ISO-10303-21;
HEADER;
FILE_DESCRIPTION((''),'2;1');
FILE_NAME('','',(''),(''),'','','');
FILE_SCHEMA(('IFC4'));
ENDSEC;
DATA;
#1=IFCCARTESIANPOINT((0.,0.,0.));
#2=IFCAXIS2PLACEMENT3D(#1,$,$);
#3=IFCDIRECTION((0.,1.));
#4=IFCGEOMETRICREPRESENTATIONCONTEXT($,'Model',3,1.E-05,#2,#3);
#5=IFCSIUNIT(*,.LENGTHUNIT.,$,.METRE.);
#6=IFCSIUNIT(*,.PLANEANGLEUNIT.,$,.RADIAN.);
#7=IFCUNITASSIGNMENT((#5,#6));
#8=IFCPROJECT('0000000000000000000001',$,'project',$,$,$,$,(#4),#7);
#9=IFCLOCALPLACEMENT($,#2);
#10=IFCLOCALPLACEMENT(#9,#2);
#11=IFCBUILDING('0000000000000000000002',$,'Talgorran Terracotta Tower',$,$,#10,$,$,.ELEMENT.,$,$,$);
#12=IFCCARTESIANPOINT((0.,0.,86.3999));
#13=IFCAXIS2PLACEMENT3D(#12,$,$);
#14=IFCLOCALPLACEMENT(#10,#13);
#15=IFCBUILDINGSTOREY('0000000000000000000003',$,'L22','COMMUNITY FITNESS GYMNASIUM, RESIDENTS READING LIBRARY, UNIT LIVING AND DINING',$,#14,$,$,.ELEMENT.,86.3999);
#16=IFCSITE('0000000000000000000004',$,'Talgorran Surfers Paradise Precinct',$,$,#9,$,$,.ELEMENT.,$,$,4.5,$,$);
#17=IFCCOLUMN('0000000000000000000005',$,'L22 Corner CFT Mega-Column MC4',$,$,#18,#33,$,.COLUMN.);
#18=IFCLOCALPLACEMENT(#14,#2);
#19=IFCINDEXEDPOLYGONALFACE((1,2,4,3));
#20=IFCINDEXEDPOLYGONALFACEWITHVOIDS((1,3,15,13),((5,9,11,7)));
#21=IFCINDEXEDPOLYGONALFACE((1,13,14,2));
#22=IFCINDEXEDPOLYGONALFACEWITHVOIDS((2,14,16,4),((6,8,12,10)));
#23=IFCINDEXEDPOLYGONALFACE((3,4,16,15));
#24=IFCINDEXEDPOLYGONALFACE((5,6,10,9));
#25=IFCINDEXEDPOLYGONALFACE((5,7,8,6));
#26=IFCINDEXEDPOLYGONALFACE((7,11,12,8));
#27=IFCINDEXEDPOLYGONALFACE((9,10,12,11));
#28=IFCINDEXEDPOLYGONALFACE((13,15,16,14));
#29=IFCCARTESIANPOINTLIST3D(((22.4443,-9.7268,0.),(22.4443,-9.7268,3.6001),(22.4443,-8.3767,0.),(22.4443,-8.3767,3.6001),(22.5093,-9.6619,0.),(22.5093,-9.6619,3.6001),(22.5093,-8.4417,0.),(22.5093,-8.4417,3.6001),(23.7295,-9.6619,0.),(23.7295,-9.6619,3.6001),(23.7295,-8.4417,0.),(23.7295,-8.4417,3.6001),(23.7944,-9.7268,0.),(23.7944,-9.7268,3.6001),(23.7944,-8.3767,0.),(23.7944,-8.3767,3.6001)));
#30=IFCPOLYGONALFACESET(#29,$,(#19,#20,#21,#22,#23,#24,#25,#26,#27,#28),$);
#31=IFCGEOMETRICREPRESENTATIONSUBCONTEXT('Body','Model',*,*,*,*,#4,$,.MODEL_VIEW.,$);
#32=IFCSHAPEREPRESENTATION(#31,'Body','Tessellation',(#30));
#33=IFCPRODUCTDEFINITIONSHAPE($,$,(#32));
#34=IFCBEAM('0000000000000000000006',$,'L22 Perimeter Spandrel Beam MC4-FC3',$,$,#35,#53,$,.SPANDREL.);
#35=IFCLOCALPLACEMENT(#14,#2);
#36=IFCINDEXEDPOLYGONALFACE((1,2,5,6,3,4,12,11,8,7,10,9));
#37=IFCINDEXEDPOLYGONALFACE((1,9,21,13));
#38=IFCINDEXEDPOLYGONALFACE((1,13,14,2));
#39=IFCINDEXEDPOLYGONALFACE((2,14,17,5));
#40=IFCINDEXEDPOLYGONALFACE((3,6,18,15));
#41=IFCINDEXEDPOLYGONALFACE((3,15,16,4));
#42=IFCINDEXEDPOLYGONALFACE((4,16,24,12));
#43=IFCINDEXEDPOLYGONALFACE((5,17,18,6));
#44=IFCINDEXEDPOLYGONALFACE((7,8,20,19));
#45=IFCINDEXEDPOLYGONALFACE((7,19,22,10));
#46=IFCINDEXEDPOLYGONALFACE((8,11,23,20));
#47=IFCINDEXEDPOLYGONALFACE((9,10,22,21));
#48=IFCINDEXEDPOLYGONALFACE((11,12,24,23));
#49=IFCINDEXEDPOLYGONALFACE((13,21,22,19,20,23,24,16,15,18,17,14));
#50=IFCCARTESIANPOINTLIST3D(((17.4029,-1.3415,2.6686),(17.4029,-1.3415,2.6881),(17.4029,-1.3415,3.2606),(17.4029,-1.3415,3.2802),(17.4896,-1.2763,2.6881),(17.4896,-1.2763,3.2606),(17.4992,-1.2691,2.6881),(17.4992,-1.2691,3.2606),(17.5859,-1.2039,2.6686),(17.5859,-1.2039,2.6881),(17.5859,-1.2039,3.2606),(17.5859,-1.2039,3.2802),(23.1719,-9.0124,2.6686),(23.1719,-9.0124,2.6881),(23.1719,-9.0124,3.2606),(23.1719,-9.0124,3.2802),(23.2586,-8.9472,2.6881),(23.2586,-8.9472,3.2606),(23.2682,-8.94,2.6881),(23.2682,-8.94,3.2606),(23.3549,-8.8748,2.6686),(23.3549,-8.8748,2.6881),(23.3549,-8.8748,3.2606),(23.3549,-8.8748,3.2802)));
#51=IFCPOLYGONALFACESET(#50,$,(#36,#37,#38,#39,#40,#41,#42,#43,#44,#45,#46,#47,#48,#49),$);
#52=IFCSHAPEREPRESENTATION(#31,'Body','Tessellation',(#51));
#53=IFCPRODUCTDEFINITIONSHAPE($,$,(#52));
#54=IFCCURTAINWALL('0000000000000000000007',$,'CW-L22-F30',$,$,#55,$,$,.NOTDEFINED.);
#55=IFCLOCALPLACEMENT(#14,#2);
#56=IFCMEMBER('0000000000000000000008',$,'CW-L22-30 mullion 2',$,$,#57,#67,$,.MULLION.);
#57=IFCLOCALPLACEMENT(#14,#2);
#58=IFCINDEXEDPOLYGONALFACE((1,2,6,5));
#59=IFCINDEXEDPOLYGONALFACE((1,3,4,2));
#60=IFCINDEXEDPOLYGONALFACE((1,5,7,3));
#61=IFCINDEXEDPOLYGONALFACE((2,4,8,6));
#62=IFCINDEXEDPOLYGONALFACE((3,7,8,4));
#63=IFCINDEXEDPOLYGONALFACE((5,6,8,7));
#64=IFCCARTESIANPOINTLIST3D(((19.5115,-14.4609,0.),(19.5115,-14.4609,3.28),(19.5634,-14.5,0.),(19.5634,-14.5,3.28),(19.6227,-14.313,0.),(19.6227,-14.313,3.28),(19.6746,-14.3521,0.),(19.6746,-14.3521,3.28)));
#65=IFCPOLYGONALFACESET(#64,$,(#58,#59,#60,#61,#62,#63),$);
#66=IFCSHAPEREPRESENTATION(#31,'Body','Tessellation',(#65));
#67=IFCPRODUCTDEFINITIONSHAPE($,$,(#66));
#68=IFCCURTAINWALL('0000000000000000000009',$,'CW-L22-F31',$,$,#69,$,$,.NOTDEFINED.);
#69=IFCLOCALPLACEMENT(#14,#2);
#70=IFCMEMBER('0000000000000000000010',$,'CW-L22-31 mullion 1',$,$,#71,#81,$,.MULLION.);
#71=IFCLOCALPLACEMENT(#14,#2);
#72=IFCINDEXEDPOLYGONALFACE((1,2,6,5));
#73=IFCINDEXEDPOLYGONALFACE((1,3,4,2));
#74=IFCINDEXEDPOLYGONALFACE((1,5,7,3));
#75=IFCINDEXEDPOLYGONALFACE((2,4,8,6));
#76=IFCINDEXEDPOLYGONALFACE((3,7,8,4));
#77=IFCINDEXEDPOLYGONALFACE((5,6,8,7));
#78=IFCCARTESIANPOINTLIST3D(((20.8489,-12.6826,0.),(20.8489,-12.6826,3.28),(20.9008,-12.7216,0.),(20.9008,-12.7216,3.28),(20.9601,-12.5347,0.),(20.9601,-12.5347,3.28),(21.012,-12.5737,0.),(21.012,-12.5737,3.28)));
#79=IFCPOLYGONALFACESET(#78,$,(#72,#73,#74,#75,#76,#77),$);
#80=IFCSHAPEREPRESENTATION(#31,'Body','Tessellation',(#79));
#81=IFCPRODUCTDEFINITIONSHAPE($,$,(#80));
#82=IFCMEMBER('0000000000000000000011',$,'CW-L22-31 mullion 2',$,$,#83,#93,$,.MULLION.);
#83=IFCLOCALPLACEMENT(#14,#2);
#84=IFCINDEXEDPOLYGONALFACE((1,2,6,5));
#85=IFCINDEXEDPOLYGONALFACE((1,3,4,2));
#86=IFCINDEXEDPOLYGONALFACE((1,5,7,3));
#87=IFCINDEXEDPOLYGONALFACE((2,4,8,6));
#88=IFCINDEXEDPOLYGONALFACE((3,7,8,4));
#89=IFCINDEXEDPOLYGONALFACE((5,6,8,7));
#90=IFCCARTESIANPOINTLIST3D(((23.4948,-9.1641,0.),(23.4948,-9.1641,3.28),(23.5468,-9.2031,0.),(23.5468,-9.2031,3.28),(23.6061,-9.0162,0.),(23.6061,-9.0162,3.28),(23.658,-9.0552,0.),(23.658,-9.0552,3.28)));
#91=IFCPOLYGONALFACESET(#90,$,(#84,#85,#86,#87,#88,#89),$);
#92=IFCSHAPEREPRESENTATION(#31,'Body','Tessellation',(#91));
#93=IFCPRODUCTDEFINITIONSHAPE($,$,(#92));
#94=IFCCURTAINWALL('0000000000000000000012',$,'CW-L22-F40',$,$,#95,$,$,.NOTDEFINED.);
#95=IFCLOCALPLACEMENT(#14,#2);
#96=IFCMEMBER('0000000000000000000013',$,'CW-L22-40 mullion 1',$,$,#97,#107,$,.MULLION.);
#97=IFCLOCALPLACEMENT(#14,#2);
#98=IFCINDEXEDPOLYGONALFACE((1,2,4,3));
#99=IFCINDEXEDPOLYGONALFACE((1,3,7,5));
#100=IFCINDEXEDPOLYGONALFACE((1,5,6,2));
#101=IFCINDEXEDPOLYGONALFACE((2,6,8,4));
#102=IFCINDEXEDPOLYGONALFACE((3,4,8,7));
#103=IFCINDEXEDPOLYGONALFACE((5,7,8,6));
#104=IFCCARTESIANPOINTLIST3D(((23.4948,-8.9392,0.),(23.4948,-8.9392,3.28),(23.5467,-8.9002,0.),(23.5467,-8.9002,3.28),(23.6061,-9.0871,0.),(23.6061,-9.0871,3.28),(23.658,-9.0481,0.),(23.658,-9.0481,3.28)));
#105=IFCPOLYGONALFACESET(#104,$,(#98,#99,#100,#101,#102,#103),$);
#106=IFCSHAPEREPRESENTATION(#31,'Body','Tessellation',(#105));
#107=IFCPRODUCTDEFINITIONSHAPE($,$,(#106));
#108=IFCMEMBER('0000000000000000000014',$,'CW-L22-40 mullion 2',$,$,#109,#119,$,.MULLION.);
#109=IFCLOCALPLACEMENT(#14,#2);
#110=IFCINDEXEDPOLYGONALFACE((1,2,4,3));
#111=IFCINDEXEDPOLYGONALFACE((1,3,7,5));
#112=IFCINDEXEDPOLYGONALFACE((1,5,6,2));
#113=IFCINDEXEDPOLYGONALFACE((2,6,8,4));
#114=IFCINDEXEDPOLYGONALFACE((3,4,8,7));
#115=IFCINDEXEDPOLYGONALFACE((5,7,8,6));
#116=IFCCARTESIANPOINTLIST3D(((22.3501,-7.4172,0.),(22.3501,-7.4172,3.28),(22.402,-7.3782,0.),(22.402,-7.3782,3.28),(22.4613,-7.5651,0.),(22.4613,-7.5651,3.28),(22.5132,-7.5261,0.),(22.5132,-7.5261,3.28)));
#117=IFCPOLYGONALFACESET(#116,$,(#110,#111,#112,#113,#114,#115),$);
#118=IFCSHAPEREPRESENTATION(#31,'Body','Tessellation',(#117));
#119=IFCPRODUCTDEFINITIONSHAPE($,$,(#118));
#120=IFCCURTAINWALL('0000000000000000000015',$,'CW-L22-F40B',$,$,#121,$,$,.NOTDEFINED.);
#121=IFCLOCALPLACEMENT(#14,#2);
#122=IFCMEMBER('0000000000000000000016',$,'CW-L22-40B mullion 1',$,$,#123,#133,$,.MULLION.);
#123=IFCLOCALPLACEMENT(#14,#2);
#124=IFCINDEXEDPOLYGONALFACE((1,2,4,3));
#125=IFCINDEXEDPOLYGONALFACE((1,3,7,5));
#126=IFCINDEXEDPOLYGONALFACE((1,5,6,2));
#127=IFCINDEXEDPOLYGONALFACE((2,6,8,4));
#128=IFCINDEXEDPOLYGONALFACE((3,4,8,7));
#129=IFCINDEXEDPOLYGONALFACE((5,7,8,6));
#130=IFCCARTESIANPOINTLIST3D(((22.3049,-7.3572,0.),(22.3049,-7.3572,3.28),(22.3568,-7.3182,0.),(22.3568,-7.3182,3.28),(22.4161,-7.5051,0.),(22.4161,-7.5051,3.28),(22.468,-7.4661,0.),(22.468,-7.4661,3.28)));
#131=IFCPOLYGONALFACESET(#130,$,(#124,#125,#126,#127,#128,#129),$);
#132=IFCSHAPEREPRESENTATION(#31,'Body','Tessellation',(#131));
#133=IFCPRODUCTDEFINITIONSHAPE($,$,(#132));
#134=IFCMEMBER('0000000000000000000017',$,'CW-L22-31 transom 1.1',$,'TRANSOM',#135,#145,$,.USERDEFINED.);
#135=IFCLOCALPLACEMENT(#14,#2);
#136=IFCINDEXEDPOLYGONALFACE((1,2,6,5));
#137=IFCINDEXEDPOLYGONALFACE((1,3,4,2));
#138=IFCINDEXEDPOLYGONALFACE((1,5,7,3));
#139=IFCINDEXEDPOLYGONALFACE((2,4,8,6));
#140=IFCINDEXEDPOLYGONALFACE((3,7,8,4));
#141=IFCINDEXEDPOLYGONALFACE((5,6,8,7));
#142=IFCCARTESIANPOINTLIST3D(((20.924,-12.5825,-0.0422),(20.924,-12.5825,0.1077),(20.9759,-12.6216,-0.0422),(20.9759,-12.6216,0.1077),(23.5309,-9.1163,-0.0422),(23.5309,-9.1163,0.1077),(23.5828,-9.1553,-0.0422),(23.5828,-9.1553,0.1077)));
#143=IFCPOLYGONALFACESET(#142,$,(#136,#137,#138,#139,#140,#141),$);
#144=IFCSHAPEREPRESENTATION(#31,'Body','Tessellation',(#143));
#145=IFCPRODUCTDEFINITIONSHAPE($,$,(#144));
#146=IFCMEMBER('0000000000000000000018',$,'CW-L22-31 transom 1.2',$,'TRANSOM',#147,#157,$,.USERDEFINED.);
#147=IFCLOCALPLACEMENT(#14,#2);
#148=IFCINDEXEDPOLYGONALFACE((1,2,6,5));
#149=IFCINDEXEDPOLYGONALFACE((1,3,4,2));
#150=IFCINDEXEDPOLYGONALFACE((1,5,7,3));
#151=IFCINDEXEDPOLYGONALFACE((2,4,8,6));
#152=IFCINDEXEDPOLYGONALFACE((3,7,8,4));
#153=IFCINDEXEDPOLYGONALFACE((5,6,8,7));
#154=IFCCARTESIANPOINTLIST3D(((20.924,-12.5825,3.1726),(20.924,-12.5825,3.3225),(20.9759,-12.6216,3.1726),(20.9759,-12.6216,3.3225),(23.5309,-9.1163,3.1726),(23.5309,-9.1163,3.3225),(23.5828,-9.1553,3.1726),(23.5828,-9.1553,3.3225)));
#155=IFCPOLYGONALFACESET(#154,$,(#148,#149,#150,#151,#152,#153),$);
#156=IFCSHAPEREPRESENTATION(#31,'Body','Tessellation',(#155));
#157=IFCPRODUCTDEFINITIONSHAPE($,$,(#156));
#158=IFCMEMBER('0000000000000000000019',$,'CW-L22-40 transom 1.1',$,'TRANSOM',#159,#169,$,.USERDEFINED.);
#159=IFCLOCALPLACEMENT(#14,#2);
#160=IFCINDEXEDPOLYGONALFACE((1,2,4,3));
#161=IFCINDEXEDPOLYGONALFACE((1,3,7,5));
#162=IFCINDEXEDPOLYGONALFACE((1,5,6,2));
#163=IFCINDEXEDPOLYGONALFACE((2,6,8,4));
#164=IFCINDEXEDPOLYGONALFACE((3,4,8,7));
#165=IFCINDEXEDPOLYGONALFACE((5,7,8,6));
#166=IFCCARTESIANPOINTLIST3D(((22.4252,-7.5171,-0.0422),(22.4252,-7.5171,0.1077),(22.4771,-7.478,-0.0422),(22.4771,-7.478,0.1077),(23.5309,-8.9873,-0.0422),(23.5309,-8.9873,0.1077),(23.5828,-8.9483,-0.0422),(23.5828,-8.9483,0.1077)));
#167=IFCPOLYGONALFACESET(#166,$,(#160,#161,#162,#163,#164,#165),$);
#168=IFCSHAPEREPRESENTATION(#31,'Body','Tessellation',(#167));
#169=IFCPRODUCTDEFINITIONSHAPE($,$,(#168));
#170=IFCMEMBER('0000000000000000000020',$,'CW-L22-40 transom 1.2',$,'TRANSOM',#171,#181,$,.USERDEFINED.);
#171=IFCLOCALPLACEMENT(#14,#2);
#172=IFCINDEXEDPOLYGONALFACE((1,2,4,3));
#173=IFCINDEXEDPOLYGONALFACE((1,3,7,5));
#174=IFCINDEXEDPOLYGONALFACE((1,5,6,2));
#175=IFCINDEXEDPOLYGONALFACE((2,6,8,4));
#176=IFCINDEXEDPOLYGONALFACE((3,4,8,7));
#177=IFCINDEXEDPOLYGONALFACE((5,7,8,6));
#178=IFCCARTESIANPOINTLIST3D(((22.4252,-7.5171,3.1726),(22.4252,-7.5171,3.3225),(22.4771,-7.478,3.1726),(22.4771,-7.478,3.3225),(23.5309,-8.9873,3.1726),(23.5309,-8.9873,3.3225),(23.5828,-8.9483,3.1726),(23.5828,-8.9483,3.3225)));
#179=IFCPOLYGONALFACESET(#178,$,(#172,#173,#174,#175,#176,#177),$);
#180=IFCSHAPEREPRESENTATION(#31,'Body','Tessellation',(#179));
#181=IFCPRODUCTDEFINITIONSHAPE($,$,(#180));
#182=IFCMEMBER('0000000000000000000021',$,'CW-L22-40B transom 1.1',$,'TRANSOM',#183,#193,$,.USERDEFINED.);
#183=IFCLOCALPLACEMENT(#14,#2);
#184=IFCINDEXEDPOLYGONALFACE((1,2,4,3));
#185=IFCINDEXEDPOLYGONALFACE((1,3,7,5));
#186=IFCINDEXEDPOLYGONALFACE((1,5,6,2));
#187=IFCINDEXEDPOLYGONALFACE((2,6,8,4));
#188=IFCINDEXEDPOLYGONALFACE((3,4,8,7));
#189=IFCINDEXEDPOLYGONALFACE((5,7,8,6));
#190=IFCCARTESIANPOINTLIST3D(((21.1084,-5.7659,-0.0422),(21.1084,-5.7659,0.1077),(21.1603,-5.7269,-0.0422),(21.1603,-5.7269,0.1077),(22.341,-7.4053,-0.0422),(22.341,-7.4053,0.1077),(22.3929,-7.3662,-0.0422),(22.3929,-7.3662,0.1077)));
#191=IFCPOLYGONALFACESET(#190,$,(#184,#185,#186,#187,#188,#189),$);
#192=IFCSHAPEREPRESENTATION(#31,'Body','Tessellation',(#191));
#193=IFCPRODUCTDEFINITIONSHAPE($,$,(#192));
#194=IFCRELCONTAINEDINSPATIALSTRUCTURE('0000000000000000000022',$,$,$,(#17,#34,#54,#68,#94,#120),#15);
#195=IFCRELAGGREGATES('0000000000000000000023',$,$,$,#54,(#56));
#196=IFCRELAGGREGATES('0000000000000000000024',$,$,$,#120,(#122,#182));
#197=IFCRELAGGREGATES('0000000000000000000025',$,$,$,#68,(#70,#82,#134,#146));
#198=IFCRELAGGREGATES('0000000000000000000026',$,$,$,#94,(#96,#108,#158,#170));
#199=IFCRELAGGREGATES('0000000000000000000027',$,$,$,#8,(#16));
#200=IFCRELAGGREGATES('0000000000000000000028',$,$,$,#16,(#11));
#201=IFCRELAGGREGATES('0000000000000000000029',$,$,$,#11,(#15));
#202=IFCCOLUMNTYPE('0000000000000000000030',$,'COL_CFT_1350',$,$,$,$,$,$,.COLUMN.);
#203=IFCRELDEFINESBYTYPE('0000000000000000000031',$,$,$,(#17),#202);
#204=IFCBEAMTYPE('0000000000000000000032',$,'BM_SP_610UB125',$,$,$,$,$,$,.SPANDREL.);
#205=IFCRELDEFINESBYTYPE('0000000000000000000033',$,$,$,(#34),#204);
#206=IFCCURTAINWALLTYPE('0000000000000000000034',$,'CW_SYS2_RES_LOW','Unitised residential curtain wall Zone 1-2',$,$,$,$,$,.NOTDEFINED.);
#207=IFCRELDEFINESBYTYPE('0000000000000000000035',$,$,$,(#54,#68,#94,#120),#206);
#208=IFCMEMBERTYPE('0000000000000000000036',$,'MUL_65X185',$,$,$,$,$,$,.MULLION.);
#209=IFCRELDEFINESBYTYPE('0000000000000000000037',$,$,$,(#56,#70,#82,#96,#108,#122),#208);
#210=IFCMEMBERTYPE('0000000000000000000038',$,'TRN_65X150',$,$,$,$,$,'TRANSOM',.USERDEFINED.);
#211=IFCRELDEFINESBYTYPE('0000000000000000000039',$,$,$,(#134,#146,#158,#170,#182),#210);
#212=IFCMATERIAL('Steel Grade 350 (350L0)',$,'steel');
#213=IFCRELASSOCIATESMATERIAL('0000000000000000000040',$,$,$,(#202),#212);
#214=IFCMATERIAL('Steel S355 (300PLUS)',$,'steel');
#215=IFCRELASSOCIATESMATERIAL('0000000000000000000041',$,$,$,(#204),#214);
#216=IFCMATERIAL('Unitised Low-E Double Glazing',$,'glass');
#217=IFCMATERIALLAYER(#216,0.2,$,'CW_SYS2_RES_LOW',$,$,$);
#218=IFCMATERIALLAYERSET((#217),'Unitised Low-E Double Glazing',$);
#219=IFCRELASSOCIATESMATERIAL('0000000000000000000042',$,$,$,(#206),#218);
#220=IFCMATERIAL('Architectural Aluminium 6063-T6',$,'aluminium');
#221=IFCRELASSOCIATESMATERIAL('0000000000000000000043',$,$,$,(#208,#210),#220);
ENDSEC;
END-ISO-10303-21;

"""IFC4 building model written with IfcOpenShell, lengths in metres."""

from ifc_helpers import new_model, si_unit, direction, frame, origin, origin_2d, place, context, subcontext, project, spatial, rectangle, hollow_rectangle, i_section, extrude, material, layer, layer_set, material_profile, profile_set, type_object, element, aggregate, save


model = new_model("IFC4")

# Units and contexts
model_context = context("Model", 3, precision=1e-05, world=origin(), true_north=direction((0.0, 1.0)))
body_context = subcontext(model_context, "Body", "Model", "MODEL_VIEW")
ifc_project = project(units=[si_unit("LENGTHUNIT", "METRE"), si_unit("PLANEANGLEUNIT", "RADIAN")], contexts=[model_context])

# Site, building, storey
site_placement = place(None, origin())
site = spatial("IfcSite", under=ifc_project, at=site_placement, Name="Talgorran Surfers Paradise Precinct", CompositionType="ELEMENT", RefElevation=4.5)
building_placement = place(site_placement, origin())
building = spatial("IfcBuilding", under=site, at=building_placement, Name="Talgorran Terracotta Tower", CompositionType="ELEMENT")
storey_placement = place(building_placement, frame((0.0, 0.0, 86.3999)))
storey = spatial("IfcBuildingStorey", under=building, at=storey_placement, Name="L22", Description="COMMUNITY FITNESS GYMNASIUM, RESIDENTS READING LIBRARY, UNIT LIVING AND DINING", CompositionType="ELEMENT", Elevation=86.3999)

# Column
ifc_material_1 = material(Name="Steel Grade 350 (350L0)", Category="steel")
ifc_material_profile_1 = material_profile(ifc_material_1, hollow_rectangle(XDim=1.3501, YDim=1.3501, WallThickness=0.0649, at=origin_2d()), Name="CFT1350X1350X65")
ifc_profile_set_1 = profile_set([ifc_material_profile_1], Name="Steel Grade 350 (350L0)")
column_type = type_object("IfcColumnType", Name="COL_CFT_1350", PredefinedType="COLUMN", material=ifc_profile_set_1)
column_placement = place(storey_placement, frame((23.1194, -9.0518, 0.0), z_axis=(0.0, 0.0, 1.0), x_axis=(1.0, 0.0, 0.0)))
element("IfcColumn", 1, at=column_placement, inside=storey, type_object=column_type, Name="L22 Corner CFT Mega-Column MC4", PredefinedType="COLUMN", context=body_context, shape_type="SweptSolid", body=[
    extrude(hollow_rectangle(XDim=1.3501, YDim=1.3501, WallThickness=0.0649, at=origin_2d()), origin(), (0.0, 0.0, 1.0), 3.6001),
])

# Beam
ifc_material_2 = material(Name="Steel S355 (300PLUS)", Category="steel")
ifc_material_profile_2 = material_profile(ifc_material_2, i_section(OverallWidth=0.229, OverallDepth=0.6116, WebThickness=0.012, FlangeThickness=0.0195, at=origin_2d()), Name="610UB125")
ifc_profile_set_2 = profile_set([ifc_material_profile_2], Name="Steel S355 (300PLUS)")
beam_type = type_object("IfcBeamType", Name="BM_SP_610UB125", PredefinedType="SPANDREL", material=ifc_profile_set_2)
beam_placement = place(storey_placement, frame((23.2634, -8.9436, 2.9744), z_axis=(-0.601058, 0.799206, 0.0), x_axis=(-0.799206, -0.601058, 0.0)))
element("IfcBeam", 2, at=beam_placement, inside=storey, type_object=beam_type, Name="L22 Perimeter Spandrel Beam MC4-FC3", PredefinedType="SPANDREL", context=body_context, shape_type="SweptSolid", body=[
    extrude(i_section(OverallWidth=0.229, OverallDepth=0.6116, WebThickness=0.012, FlangeThickness=0.0195, at=origin_2d()), origin(), (0.0, 0.0, 1.0), 9.5981),
])

# Curtain wall, member
ifc_material_3 = material(Name="Unitised Low-E Double Glazing", Category="glass")
ifc_layer_1 = layer(ifc_material_3, 0.2, Name="CW_SYS2_RES_LOW")
ifc_layer_set_1 = layer_set([ifc_layer_1], Name="Unitised Low-E Double Glazing")
curtain_wall_type = type_object("IfcCurtainWallType", Name="CW_SYS2_RES_LOW", Description="Unitised residential curtain wall Zone 1-2", PredefinedType="NOTDEFINED", material=ifc_layer_set_1)
curtain_wall_1_placement = place(storey_placement, origin())
curtain_wall_1 = element("IfcCurtainWall", 3, at=curtain_wall_1_placement, inside=storey, type_object=curtain_wall_type, Name="CW-L22-F30", PredefinedType="NOTDEFINED")
ifc_material_4 = material(Name="Architectural Aluminium 6063-T6", Category="aluminium")
ifc_material_profile_3 = material_profile(ifc_material_4, rectangle(XDim=0.0649, YDim=0.1851, at=origin_2d()), Name="CWM65X185")
ifc_profile_set_3 = profile_set([ifc_material_profile_3], Name="Architectural Aluminium 6063-T6")
member_type_1 = type_object("IfcMemberType", Name="MUL_65X185", PredefinedType="MULLION", material=ifc_profile_set_3)
member_1_placement = place(storey_placement, frame((19.593, -14.4065, 0.0), z_axis=(0.0, 0.0, 1.0), x_axis=(-0.799204, 0.60106, 0.0)))
member_1 = element("IfcMember", 4, at=member_1_placement, type_object=member_type_1, Name="CW-L22-30 mullion 2", PredefinedType="MULLION", context=body_context, shape_type="SweptSolid", body=[
    extrude(rectangle(XDim=0.0649, YDim=0.1851, at=origin_2d()), origin(), (0.0, 0.0, 1.0), 3.28),
])
aggregate(curtain_wall_1, [member_1])

# Curtain walls, members
curtain_wall_2_placement = place(storey_placement, origin())
curtain_wall_2 = element("IfcCurtainWall", 5, at=curtain_wall_2_placement, inside=storey, type_object=curtain_wall_type, Name="CW-L22-F31", PredefinedType="NOTDEFINED")
member_2_placement = place(storey_placement, frame((20.9304, -12.6282, 0.0), z_axis=(0.0, 0.0, 1.0), x_axis=(-0.799204, 0.60106, 0.0)))
member_2 = element("IfcMember", 6, at=member_2_placement, type_object=member_type_1, Name="CW-L22-31 mullion 1", PredefinedType="MULLION", context=body_context, shape_type="SweptSolid", body=[
    extrude(rectangle(XDim=0.0649, YDim=0.1851, at=origin_2d()), origin(), (0.0, 0.0, 1.0), 3.28),
])
member_3_placement = place(storey_placement, frame((23.5764, -9.1096, 0.0), z_axis=(0.0, 0.0, 1.0), x_axis=(-0.799204, 0.60106, 0.0)))
member_3 = element("IfcMember", 7, at=member_3_placement, type_object=member_type_1, Name="CW-L22-31 mullion 2", PredefinedType="MULLION", context=body_context, shape_type="SweptSolid", body=[
    extrude(rectangle(XDim=0.0649, YDim=0.1851, at=origin_2d()), origin(), (0.0, 0.0, 1.0), 3.28),
])
curtain_wall_3_placement = place(storey_placement, origin())
curtain_wall_3 = element("IfcCurtainWall", 8, at=curtain_wall_3_placement, inside=storey, type_object=curtain_wall_type, Name="CW-L22-F40", PredefinedType="NOTDEFINED")
member_4_placement = place(storey_placement, frame((23.5764, -8.9937, 0.0), z_axis=(0.0, 0.0, 1.0), x_axis=(-0.799189, -0.60108, 0.0)))
member_4 = element("IfcMember", 9, at=member_4_placement, type_object=member_type_1, Name="CW-L22-40 mullion 1", PredefinedType="MULLION", context=body_context, shape_type="SweptSolid", body=[
    extrude(rectangle(XDim=0.0649, YDim=0.1851, at=origin_2d()), origin(), (0.0, 0.0, 1.0), 3.28),
])
member_5_placement = place(storey_placement, frame((22.4316, -7.4717, 0.0), z_axis=(0.0, 0.0, 1.0), x_axis=(-0.799189, -0.60108, 0.0)))
member_5 = element("IfcMember", 10, at=member_5_placement, type_object=member_type_1, Name="CW-L22-40 mullion 2", PredefinedType="MULLION", context=body_context, shape_type="SweptSolid", body=[
    extrude(rectangle(XDim=0.0649, YDim=0.1851, at=origin_2d()), origin(), (0.0, 0.0, 1.0), 3.28),
])

# Curtain wall, member
curtain_wall_4_placement = place(storey_placement, origin())
curtain_wall_4 = element("IfcCurtainWall", 11, at=curtain_wall_4_placement, inside=storey, type_object=curtain_wall_type, Name="CW-L22-F40B", PredefinedType="NOTDEFINED")
member_6_placement = place(storey_placement, frame((22.3865, -7.4116, 0.0), z_axis=(0.0, 0.0, 1.0), x_axis=(-0.799213, -0.601049, 0.0)))
member_6 = element("IfcMember", 12, at=member_6_placement, type_object=member_type_1, Name="CW-L22-40B mullion 1", PredefinedType="MULLION", context=body_context, shape_type="SweptSolid", body=[
    extrude(rectangle(XDim=0.0649, YDim=0.1851, at=origin_2d()), origin(), (0.0, 0.0, 1.0), 3.28),
])

# Members
ifc_material_profile_4 = material_profile(ifc_material_4, rectangle(XDim=0.0649, YDim=0.1499, at=origin_2d()), Name="CWT65X150")
ifc_profile_set_4 = profile_set([ifc_material_profile_4], Name="Architectural Aluminium 6063-T6")
member_type_2 = type_object("IfcMemberType", Name="TRN_65X150", ElementType="TRANSOM", PredefinedType="USERDEFINED", material=ifc_profile_set_4)
member_7_placement = place(storey_placement, frame((20.95, -12.6021, 0.0327), z_axis=(0.601062, 0.799202, 0.0), x_axis=(-0.799202, 0.601062, 0.0)))
member_7 = element("IfcMember", 13, at=member_7_placement, type_object=member_type_2, Name="CW-L22-31 transom 1.1", ObjectType="TRANSOM", PredefinedType="USERDEFINED", context=body_context, shape_type="SweptSolid", body=[
    extrude(rectangle(XDim=0.0649, YDim=0.1499, at=origin_2d()), origin(), (0.0, 0.0, 1.0), 4.3372),
])
member_8_placement = place(storey_placement, frame((20.95, -12.6021, 3.2476), z_axis=(0.601062, 0.799202, 0.0), x_axis=(-0.799202, 0.601062, 0.0)))
member_8 = element("IfcMember", 14, at=member_8_placement, type_object=member_type_2, Name="CW-L22-31 transom 1.2", ObjectType="TRANSOM", PredefinedType="USERDEFINED", context=body_context, shape_type="SweptSolid", body=[
    extrude(rectangle(XDim=0.0649, YDim=0.1499, at=origin_2d()), origin(), (0.0, 0.0, 1.0), 4.3372),
])
member_9_placement = place(storey_placement, frame((23.5569, -8.9678, 0.0327), z_axis=(-0.601061, 0.799203, 0.0), x_axis=(-0.799203, -0.601061, 0.0)))
member_9 = element("IfcMember", 15, at=member_9_placement, type_object=member_type_2, Name="CW-L22-40 transom 1.1", ObjectType="TRANSOM", PredefinedType="USERDEFINED", context=body_context, shape_type="SweptSolid", body=[
    extrude(rectangle(XDim=0.0649, YDim=0.1499, at=origin_2d()), origin(), (0.0, 0.0, 1.0), 1.8396),
])
member_10_placement = place(storey_placement, frame((23.5569, -8.9678, 3.2476), z_axis=(-0.601061, 0.799203, 0.0), x_axis=(-0.799203, -0.601061, 0.0)))
member_10 = element("IfcMember", 16, at=member_10_placement, type_object=member_type_2, Name="CW-L22-40 transom 1.2", ObjectType="TRANSOM", PredefinedType="USERDEFINED", context=body_context, shape_type="SweptSolid", body=[
    extrude(rectangle(XDim=0.0649, YDim=0.1499, at=origin_2d()), origin(), (0.0, 0.0, 1.0), 1.8396),
])
member_11_placement = place(storey_placement, frame((22.3669, -7.3857, 0.0327), z_axis=(-0.600971, 0.799271, 0.0), x_axis=(-0.799271, -0.600971, 0.0)))
member_11 = element("IfcMember", 17, at=member_11_placement, type_object=member_type_2, Name="CW-L22-40B transom 1.1", ObjectType="TRANSOM", PredefinedType="USERDEFINED", context=body_context, shape_type="SweptSolid", body=[
    extrude(rectangle(XDim=0.0649, YDim=0.1499, at=origin_2d()), origin(), (0.0, 0.0, 1.0), 2.051),
])
aggregate(curtain_wall_4, [member_6, member_11])

aggregate(curtain_wall_2, [member_2, member_3, member_7, member_8])
aggregate(curtain_wall_3, [member_4, member_5, member_9, member_10])

save(model, "model.ifc")
